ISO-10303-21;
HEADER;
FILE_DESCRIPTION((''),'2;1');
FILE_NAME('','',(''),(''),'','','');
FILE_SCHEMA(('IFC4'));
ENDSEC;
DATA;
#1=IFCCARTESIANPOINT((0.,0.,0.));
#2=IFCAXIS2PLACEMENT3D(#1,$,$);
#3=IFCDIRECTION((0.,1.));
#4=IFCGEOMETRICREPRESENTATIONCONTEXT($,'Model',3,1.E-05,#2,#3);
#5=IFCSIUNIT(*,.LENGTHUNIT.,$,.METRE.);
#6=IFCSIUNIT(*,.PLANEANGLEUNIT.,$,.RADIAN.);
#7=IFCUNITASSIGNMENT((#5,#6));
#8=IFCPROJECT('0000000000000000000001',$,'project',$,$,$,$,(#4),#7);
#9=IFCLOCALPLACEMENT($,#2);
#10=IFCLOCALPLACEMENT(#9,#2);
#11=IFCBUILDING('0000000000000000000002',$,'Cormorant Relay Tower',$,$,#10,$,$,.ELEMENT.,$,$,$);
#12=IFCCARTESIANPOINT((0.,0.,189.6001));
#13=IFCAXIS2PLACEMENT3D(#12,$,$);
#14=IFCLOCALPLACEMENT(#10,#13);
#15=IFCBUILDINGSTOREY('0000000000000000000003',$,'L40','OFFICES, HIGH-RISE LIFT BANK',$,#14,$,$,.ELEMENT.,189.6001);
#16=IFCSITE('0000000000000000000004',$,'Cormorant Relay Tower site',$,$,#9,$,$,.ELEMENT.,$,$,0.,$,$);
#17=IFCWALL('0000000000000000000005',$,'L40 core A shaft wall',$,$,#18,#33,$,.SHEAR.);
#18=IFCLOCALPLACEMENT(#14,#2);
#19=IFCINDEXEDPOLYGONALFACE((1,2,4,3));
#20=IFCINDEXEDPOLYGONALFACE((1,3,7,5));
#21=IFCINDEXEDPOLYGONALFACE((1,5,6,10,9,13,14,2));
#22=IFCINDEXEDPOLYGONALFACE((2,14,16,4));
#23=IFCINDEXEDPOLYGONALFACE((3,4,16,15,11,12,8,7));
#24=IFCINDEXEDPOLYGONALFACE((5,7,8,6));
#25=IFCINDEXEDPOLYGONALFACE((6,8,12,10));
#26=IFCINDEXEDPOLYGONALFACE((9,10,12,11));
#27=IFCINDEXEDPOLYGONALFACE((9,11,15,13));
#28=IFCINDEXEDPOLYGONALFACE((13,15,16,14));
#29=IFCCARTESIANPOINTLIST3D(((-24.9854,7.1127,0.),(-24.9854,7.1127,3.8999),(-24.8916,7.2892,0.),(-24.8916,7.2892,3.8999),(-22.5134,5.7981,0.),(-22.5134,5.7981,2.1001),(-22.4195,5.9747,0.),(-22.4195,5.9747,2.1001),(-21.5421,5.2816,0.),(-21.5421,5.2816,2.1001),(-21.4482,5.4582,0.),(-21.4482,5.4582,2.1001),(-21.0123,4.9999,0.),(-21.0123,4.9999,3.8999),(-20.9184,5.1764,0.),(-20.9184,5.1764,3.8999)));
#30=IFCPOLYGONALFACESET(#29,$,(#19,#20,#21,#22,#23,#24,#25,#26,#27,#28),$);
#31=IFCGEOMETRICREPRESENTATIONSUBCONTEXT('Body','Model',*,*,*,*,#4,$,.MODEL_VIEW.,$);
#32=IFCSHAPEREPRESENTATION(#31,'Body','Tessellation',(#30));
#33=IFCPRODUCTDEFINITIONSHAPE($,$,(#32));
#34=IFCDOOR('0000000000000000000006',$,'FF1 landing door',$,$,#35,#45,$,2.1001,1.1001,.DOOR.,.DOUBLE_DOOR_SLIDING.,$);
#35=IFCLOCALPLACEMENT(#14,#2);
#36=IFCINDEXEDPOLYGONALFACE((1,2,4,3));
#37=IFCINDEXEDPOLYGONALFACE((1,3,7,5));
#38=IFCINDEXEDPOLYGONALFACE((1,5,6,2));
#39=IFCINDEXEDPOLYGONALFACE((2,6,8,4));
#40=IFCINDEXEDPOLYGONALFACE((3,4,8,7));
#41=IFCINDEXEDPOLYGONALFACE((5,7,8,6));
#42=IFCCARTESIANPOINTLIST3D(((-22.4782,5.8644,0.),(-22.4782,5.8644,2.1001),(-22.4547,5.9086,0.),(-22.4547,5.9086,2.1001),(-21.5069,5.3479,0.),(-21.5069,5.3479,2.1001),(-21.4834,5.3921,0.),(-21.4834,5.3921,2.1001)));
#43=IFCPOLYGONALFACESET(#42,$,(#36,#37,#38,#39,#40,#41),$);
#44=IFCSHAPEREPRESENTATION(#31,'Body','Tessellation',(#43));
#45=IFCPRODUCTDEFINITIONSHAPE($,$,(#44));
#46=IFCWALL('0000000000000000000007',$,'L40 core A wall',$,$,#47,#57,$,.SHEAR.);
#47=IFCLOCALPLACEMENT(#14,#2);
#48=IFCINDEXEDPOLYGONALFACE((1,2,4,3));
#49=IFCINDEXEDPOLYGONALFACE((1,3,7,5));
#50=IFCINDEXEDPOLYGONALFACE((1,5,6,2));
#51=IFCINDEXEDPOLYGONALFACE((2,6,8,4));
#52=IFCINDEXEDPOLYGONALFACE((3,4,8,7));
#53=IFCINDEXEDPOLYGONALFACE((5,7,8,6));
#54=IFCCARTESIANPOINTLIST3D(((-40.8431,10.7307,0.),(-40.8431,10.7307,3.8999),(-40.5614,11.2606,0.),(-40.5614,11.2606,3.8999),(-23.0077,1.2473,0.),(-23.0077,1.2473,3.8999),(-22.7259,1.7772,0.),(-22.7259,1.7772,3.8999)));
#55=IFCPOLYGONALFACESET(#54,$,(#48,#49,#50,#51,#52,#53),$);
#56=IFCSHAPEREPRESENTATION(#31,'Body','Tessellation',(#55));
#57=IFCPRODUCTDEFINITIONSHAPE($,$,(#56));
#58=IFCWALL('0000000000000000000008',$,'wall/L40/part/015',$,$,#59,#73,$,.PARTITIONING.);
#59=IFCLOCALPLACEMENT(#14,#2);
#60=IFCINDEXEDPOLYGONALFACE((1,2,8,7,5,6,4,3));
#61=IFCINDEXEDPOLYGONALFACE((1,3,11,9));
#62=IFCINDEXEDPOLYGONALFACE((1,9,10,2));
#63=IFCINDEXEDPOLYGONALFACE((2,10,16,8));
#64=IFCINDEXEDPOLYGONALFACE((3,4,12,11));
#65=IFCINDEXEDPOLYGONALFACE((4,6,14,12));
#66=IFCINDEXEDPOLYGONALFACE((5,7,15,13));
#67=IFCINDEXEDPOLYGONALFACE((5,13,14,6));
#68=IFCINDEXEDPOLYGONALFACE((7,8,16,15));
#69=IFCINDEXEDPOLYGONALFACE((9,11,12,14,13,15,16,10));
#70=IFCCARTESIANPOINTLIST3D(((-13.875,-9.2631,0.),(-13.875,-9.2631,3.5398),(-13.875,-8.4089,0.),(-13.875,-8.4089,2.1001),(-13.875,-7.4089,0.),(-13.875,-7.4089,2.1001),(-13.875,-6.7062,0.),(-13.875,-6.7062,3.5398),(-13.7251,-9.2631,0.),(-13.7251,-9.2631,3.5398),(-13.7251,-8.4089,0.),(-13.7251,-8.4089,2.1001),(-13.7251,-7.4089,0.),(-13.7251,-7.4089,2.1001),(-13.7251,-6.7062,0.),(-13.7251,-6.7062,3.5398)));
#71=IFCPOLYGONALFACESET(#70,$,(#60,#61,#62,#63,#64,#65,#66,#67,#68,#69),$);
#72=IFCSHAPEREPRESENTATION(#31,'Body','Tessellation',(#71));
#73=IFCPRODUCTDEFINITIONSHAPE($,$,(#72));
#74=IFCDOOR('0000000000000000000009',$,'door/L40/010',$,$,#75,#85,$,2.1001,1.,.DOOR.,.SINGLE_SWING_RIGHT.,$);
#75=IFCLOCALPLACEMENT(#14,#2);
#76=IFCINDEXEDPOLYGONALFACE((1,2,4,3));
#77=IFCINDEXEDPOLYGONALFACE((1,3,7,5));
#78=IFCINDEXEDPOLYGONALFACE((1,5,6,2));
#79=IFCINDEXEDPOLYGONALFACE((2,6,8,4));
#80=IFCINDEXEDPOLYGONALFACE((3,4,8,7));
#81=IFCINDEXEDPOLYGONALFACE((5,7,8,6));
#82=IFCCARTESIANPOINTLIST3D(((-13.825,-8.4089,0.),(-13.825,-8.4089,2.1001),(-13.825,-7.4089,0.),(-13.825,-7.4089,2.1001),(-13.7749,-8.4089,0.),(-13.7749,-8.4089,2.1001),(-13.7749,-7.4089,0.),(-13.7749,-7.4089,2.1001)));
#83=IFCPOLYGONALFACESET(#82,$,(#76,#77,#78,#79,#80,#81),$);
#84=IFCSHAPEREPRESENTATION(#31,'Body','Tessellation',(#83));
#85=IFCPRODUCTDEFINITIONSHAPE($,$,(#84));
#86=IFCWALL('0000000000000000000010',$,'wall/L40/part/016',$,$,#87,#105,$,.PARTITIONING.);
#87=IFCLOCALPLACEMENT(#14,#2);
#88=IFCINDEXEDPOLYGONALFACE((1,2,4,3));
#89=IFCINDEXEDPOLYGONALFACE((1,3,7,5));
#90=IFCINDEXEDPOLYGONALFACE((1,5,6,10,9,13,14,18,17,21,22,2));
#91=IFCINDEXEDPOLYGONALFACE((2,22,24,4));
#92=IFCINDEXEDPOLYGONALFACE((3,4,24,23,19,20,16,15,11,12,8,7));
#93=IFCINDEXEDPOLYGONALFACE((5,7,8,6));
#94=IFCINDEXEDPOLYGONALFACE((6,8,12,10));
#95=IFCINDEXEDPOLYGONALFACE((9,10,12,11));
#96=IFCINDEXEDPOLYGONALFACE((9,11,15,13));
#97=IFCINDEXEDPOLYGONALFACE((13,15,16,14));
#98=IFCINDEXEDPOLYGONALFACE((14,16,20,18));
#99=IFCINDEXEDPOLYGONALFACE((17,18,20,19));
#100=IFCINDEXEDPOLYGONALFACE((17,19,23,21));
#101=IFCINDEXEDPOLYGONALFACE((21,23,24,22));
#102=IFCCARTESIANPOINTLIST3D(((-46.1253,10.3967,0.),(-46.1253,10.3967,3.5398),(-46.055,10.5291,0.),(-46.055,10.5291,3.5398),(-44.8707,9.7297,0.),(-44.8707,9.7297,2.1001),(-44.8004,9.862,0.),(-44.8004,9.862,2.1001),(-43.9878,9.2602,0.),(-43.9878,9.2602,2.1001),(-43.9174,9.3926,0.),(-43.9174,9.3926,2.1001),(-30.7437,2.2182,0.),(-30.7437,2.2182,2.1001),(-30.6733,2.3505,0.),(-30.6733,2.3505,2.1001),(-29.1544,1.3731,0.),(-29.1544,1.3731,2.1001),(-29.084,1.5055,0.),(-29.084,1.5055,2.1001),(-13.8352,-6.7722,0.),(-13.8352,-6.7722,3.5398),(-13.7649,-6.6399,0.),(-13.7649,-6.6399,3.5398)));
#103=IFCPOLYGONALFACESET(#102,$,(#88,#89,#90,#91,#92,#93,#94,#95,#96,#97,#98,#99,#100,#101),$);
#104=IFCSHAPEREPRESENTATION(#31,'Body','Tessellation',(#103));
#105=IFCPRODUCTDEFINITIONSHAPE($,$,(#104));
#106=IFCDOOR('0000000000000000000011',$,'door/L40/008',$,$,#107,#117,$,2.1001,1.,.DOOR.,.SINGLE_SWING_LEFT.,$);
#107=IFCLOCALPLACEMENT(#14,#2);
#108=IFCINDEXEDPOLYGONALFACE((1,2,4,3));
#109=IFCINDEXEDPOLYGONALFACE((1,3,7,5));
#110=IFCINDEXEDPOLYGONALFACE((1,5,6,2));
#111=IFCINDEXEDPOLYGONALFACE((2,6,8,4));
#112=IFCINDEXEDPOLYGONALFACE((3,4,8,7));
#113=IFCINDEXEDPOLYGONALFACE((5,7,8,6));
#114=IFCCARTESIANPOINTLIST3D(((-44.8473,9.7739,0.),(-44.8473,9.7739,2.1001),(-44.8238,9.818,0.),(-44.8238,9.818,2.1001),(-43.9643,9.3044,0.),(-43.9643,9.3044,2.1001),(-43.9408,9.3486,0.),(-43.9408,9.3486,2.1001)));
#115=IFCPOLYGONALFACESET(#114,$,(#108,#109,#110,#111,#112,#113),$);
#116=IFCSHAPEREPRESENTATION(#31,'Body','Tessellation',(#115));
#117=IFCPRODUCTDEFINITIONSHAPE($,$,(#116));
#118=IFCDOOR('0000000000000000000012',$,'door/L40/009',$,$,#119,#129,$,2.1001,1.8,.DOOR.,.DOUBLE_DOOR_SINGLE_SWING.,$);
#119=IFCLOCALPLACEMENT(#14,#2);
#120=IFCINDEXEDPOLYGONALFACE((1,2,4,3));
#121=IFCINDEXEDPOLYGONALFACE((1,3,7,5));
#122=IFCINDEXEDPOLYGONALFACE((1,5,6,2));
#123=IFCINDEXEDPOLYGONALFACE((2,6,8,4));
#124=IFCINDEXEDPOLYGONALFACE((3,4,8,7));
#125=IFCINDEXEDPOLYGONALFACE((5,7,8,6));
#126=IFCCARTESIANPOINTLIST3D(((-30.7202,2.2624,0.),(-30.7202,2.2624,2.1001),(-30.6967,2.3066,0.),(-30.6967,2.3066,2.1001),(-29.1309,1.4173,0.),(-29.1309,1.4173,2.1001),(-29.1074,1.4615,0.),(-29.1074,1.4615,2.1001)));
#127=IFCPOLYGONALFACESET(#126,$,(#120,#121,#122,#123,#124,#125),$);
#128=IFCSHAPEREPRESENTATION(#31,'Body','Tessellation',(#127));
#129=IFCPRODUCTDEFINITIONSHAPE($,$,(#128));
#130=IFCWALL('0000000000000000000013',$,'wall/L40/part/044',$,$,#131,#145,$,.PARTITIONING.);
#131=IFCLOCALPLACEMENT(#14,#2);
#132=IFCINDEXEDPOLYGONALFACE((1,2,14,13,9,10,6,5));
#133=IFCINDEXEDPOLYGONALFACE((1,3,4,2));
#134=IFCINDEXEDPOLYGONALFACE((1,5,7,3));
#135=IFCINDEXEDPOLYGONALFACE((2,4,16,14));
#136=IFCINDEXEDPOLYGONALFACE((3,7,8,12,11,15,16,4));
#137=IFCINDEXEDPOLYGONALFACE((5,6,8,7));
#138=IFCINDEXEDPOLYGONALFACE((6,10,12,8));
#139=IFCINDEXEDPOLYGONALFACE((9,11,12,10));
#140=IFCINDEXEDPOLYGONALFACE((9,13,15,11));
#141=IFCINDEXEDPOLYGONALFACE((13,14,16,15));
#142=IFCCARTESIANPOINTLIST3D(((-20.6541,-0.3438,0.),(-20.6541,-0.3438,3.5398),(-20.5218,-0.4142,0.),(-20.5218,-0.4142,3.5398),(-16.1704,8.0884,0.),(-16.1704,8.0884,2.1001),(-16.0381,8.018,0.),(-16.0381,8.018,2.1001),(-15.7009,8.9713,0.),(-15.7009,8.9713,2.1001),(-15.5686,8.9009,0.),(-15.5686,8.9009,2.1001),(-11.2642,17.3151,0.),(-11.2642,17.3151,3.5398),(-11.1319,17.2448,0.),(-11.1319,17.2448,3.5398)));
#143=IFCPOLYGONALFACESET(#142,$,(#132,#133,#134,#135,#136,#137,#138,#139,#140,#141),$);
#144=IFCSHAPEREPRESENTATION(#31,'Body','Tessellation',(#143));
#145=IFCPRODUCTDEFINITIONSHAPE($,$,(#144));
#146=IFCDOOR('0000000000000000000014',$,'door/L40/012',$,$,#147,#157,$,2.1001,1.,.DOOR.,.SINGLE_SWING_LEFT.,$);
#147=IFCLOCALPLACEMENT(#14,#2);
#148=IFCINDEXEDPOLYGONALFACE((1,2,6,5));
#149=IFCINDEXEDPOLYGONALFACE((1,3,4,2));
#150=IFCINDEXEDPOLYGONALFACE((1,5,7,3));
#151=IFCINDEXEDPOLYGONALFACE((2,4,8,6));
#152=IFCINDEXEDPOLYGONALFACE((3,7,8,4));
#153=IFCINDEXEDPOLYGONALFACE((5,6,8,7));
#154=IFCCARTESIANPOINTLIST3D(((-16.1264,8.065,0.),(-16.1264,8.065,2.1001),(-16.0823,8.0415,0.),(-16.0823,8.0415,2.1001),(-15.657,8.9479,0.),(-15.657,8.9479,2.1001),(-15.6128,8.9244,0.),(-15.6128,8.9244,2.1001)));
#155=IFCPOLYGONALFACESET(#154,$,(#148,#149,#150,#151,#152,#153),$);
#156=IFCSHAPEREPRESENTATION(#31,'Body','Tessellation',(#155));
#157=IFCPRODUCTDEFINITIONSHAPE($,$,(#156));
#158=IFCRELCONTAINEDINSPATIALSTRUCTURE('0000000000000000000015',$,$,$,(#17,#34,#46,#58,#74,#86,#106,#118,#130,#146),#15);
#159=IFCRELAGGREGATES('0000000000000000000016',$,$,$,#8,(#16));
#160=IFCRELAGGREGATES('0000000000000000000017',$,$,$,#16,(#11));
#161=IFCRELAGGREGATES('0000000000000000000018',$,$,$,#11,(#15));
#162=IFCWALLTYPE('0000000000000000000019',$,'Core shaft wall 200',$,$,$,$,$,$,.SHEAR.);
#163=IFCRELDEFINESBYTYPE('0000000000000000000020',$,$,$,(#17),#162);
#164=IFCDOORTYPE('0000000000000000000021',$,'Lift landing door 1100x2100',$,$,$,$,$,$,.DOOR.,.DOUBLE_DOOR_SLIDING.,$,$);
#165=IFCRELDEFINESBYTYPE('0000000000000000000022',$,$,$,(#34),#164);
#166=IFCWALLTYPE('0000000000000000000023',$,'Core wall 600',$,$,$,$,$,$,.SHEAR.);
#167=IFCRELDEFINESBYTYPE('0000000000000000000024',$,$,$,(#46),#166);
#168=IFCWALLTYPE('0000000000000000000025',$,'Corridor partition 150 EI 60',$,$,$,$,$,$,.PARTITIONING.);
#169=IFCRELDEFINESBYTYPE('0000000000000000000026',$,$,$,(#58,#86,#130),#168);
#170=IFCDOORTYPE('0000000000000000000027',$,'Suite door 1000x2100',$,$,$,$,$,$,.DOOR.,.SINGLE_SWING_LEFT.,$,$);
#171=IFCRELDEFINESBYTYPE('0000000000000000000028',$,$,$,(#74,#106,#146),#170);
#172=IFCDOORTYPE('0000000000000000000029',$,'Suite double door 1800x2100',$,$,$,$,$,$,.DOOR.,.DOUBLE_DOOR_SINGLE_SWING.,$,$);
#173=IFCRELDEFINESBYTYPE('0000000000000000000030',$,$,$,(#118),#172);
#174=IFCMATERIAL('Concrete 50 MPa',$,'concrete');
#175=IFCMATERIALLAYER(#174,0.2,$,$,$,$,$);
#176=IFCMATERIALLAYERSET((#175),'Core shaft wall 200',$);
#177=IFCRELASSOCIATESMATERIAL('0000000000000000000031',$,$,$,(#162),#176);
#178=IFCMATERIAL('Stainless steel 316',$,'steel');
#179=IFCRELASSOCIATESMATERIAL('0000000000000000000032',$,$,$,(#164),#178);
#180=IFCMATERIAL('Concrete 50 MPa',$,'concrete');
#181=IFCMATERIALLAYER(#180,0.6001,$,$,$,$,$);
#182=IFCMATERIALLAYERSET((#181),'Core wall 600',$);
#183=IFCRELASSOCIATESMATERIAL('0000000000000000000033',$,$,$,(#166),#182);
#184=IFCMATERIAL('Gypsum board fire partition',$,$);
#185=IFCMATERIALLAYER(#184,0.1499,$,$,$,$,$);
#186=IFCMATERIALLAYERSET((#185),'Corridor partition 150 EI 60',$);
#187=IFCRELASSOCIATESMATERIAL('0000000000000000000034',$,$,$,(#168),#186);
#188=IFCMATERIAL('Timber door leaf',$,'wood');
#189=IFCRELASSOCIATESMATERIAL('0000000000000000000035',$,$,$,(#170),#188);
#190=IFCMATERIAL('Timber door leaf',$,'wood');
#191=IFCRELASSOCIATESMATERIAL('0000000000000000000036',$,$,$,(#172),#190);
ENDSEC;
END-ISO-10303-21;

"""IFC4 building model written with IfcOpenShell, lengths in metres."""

from ifc_helpers import new_model, si_unit, direction, frame, frame_2d, origin, place, context, subcontext, project, spatial, rectangle, extrude, material, layer, layer_set, type_object, element, fill, save


model = new_model("IFC4")

# Units and contexts
model_context = context("Model", 3, precision=1e-05, world=origin(), true_north=direction((0.0, 1.0)))
body_context = subcontext(model_context, "Body", "Model", "MODEL_VIEW")
ifc_project = project(units=[si_unit("LENGTHUNIT", "METRE"), si_unit("PLANEANGLEUNIT", "RADIAN")], contexts=[model_context])

# Site, building, storey
site_placement = place(None, origin())
site = spatial("IfcSite", under=ifc_project, at=site_placement, Name="Cormorant Relay Tower site", CompositionType="ELEMENT", RefElevation=0.0)
building_placement = place(site_placement, origin())
building = spatial("IfcBuilding", under=site, at=building_placement, Name="Cormorant Relay Tower", CompositionType="ELEMENT")
storey_placement = place(building_placement, frame((0.0, 0.0, 189.6001)))
storey = spatial("IfcBuildingStorey", under=building, at=storey_placement, Name="L40", Description="OFFICES, HIGH-RISE LIFT BANK", CompositionType="ELEMENT", Elevation=189.6001)

# Shared definitions
ifc_material_1 = material(Name="Concrete 50 MPa", Category="concrete")
ifc_layer_1 = layer(ifc_material_1, 0.2)
ifc_layer_set_1 = layer_set([ifc_layer_1], Name="Core shaft wall 200")
wall_type_1 = type_object("IfcWallType", Name="Core shaft wall 200", PredefinedType="SHEAR", material=ifc_layer_set_1)

# Shared definitions
ifc_material_2 = material(Name="Stainless steel 316", Category="steel")
door_type_1 = type_object("IfcDoorType", Name="Lift landing door 1100x2100", OperationType="DOUBLE_DOOR_SLIDING", PredefinedType="DOOR", material=ifc_material_2)

# Wall, opening, door
wall_1_placement = place(storey_placement, frame((-20.9653, 5.0881, 0.0), z_axis=(0.0, 0.0, 1.0), x_axis=(-0.882926, 0.469512, 0.0)))
wall_1 = element("IfcWall", 1, at=wall_1_placement, inside=storey, type_object=wall_type_1, Name="L40 core A shaft wall", PredefinedType="SHEAR", context=body_context, shape_type="SweptSolid", body=[
    extrude(rectangle(XDim=4.5, YDim=0.2, at=frame_2d((2.25, 0.0))), origin(), (0.0, 0.0, 1.0), 3.8999),
])
opening_1_placement = place(wall_1_placement, frame((0.6001, 0.0, 0.0)))
opening_1 = element("IfcOpeningElement", 2, at=opening_1_placement, cuts=wall_1, PredefinedType="OPENING", context=body_context, shape_type="SweptSolid", body=[
    extrude(rectangle(XDim=1.1001, YDim=2.1001, at=frame_2d((0.55, 1.05))), frame((0.0, 0.1099, 0.0), z_axis=(0.0, -1.0, 0.0), x_axis=(1.0, 0.0, 0.0)), (0.0, 0.0, 1.0), 0.22),
])
door_1_placement = place(opening_1_placement, origin())
door_1 = element("IfcDoor", 3, at=door_1_placement, inside=storey, type_object=door_type_1, Name="FF1 landing door", OperationType="DOUBLE_DOOR_SLIDING", OverallHeight=2.1001, OverallWidth=1.1001, PredefinedType="DOOR", context=body_context, shape_type="SweptSolid", body=[
    extrude(rectangle(XDim=1.1001, YDim=2.1001, at=frame_2d((0.55, 1.05))), frame((0.0, 0.0249, 0.0), z_axis=(0.0, -1.0, 0.0), x_axis=(1.0, 0.0, 0.0)), (0.0, 0.0, 1.0), 0.05),
])
fill(opening_1, door_1)

# Wall
ifc_material_3 = material(Name="Concrete 50 MPa", Category="concrete")
ifc_layer_2 = layer(ifc_material_3, 0.6001)
ifc_layer_set_2 = layer_set([ifc_layer_2], Name="Core wall 600")
wall_type_2 = type_object("IfcWallType", Name="Core wall 600", PredefinedType="SHEAR", material=ifc_layer_set_2)
wall_2_placement = place(storey_placement, frame((-22.8667, 1.5122, 0.0), z_axis=(0.0, 0.0, 1.0), x_axis=(-0.882945, 0.469476, 0.0)))
element("IfcWall", 4, at=wall_2_placement, inside=storey, type_object=wall_type_2, Name="L40 core A wall", PredefinedType="SHEAR", context=body_context, shape_type="SweptSolid", body=[
    extrude(rectangle(XDim=20.2, YDim=0.6001, at=frame_2d((10.1001, 0.0))), origin(), (0.0, 0.0, 1.0), 3.8999),
])

# Wall, opening, door
ifc_material_4 = material(Name="Gypsum board fire partition")
ifc_layer_3 = layer(ifc_material_4, 0.1499)
ifc_layer_set_3 = layer_set([ifc_layer_3], Name="Corridor partition 150 EI 60")
wall_type_3 = type_object("IfcWallType", Name="Corridor partition 150 EI 60", PredefinedType="PARTITIONING", material=ifc_layer_set_3)
wall_3_placement = place(storey_placement, frame((-13.8, -9.2629, 0.0), z_axis=(0.0, 0.0, 1.0), x_axis=(0.0, 1.0, 0.0)))
wall_3 = element("IfcWall", 5, at=wall_3_placement, inside=storey, type_object=wall_type_3, Name="wall/L40/part/015", PredefinedType="PARTITIONING", context=body_context, shape_type="SweptSolid", body=[
    extrude(rectangle(XDim=2.5569, YDim=0.1499, at=frame_2d((1.2783, 0.0))), origin(), (0.0, 0.0, 1.0), 3.5398),
])
opening_2_placement = place(wall_3_placement, frame((0.854, 0.0, 0.0)))
opening_2 = element("IfcOpeningElement", 6, at=opening_2_placement, cuts=wall_3, PredefinedType="OPENING", context=body_context, shape_type="SweptSolid", body=[
    extrude(rectangle(XDim=1.0, YDim=2.1001, at=frame_2d((0.5, 1.05))), frame((0.0, 0.085, 0.0), z_axis=(0.0, -1.0, 0.0), x_axis=(1.0, 0.0, 0.0)), (0.0, 0.0, 1.0), 0.1699),
])
ifc_material_5 = material(Name="Timber door leaf", Category="wood")
door_type_2 = type_object("IfcDoorType", Name="Suite door 1000x2100", OperationType="SINGLE_SWING_LEFT", PredefinedType="DOOR", material=ifc_material_5)
door_2_placement = place(opening_2_placement, origin())
door_2 = element("IfcDoor", 7, at=door_2_placement, inside=storey, type_object=door_type_2, Name="door/L40/010", OperationType="SINGLE_SWING_RIGHT", OverallHeight=2.1001, OverallWidth=1.0, PredefinedType="DOOR", context=body_context, shape_type="SweptSolid", body=[
    extrude(rectangle(XDim=1.0, YDim=2.1001, at=frame_2d((0.5, 1.05))), frame((0.0, 0.0249, 0.0), z_axis=(0.0, -1.0, 0.0), x_axis=(1.0, 0.0, 0.0)), (0.0, 0.0, 1.0), 0.05),
])
fill(opening_2, door_2)

# Wall, openings, doors
wall_4_placement = place(storey_placement, frame((-13.8, -6.7061, 0.0), z_axis=(0.0, 0.0, 1.0), x_axis=(-0.882947, 0.469472, 0.0)))
wall_4 = element("IfcWall", 8, at=wall_4_placement, inside=storey, type_object=wall_type_3, Name="wall/L40/part/016", PredefinedType="PARTITIONING", context=body_context, shape_type="SweptSolid", body=[
    extrude(rectangle(XDim=36.5708, YDim=0.1499, at=frame_2d((18.2854, 0.0))), origin(), (0.0, 0.0, 1.0), 3.5398),
])
opening_3_placement = place(wall_4_placement, frame((34.1499, 0.0, 0.0)))
opening_3 = element("IfcOpeningElement", 9, at=opening_3_placement, cuts=wall_4, PredefinedType="OPENING", context=body_context, shape_type="SweptSolid", body=[
    extrude(rectangle(XDim=1.0, YDim=2.1001, at=frame_2d((0.5, 1.05))), frame((0.0, 0.085, 0.0), z_axis=(0.0, -1.0, 0.0), x_axis=(1.0, 0.0, 0.0)), (0.0, 0.0, 1.0), 0.1699),
])
opening_4_placement = place(wall_4_placement, frame((17.3501, 0.0, 0.0)))
opening_4 = element("IfcOpeningElement", 10, at=opening_4_placement, cuts=wall_4, PredefinedType="OPENING", context=body_context, shape_type="SweptSolid", body=[
    extrude(rectangle(XDim=1.8, YDim=2.1001, at=frame_2d((0.8999, 1.05))), frame((0.0, 0.085, 0.0), z_axis=(0.0, -1.0, 0.0), x_axis=(1.0, 0.0, 0.0)), (0.0, 0.0, 1.0), 0.1699),
])
door_3_placement = place(opening_3_placement, origin())
door_3 = element("IfcDoor", 11, at=door_3_placement, inside=storey, type_object=door_type_2, Name="door/L40/008", OperationType="SINGLE_SWING_LEFT", OverallHeight=2.1001, OverallWidth=1.0, PredefinedType="DOOR", context=body_context, shape_type="SweptSolid", body=[
    extrude(rectangle(XDim=1.0, YDim=2.1001, at=frame_2d((0.5, 1.05))), frame((0.0, 0.0249, 0.0), z_axis=(0.0, -1.0, 0.0), x_axis=(1.0, 0.0, 0.0)), (0.0, 0.0, 1.0), 0.05),
])
fill(opening_3, door_3)
ifc_material_6 = material(Name="Timber door leaf", Category="wood")
door_type_3 = type_object("IfcDoorType", Name="Suite double door 1800x2100", OperationType="DOUBLE_DOOR_SINGLE_SWING", PredefinedType="DOOR", material=ifc_material_6)
door_4_placement = place(opening_4_placement, origin())
door_4 = element("IfcDoor", 12, at=door_4_placement, inside=storey, type_object=door_type_3, Name="door/L40/009", OperationType="DOUBLE_DOOR_SINGLE_SWING", OverallHeight=2.1001, OverallWidth=1.8, PredefinedType="DOOR", context=body_context, shape_type="SweptSolid", body=[
    extrude(rectangle(XDim=1.8, YDim=2.1001, at=frame_2d((0.8999, 1.05))), frame((0.0, 0.0249, 0.0), z_axis=(0.0, -1.0, 0.0), x_axis=(1.0, 0.0, 0.0)), (0.0, 0.0, 1.0), 0.05),
])
fill(opening_4, door_4)

# Wall, opening, door
wall_5_placement = place(storey_placement, frame((-20.5879, -0.3789, 0.0), z_axis=(0.0, 0.0, 1.0), x_axis=(0.46949, 0.882938, 0.0)))
wall_5 = element("IfcWall", 13, at=wall_5_placement, inside=storey, type_object=wall_type_3, Name="wall/L40/part/044", PredefinedType="PARTITIONING", context=body_context, shape_type="SweptSolid", body=[
    extrude(rectangle(XDim=20.0002, YDim=0.1499, at=frame_2d((10.0, 0.0))), origin(), (0.0, 0.0, 1.0), 3.5398),
])
opening_5_placement = place(wall_5_placement, frame((9.55, 0.0, 0.0)))
opening_5 = element("IfcOpeningElement", 14, at=opening_5_placement, cuts=wall_5, PredefinedType="OPENING", context=body_context, shape_type="SweptSolid", body=[
    extrude(rectangle(XDim=1.0, YDim=2.1001, at=frame_2d((0.5, 1.05))), frame((0.0, 0.085, 0.0), z_axis=(0.0, -1.0, 0.0), x_axis=(1.0, 0.0, 0.0)), (0.0, 0.0, 1.0), 0.1699),
])
door_5_placement = place(opening_5_placement, frame((1.0, 0.0, 0.0), z_axis=(0.0, 0.0, 1.0), x_axis=(-1.0, 0.0, 0.0)))
door_5 = element("IfcDoor", 15, at=door_5_placement, inside=storey, type_object=door_type_2, Name="door/L40/012", OperationType="SINGLE_SWING_LEFT", OverallHeight=2.1001, OverallWidth=1.0, PredefinedType="DOOR", context=body_context, shape_type="SweptSolid", body=[
    extrude(rectangle(XDim=1.0, YDim=2.1001, at=frame_2d((0.5, 1.05))), frame((0.0, 0.0249, 0.0), z_axis=(0.0, -1.0, 0.0), x_axis=(1.0, 0.0, 0.0)), (0.0, 0.0, 1.0), 0.05),
])
fill(opening_5, door_5)

save(model, "model.ifc")
